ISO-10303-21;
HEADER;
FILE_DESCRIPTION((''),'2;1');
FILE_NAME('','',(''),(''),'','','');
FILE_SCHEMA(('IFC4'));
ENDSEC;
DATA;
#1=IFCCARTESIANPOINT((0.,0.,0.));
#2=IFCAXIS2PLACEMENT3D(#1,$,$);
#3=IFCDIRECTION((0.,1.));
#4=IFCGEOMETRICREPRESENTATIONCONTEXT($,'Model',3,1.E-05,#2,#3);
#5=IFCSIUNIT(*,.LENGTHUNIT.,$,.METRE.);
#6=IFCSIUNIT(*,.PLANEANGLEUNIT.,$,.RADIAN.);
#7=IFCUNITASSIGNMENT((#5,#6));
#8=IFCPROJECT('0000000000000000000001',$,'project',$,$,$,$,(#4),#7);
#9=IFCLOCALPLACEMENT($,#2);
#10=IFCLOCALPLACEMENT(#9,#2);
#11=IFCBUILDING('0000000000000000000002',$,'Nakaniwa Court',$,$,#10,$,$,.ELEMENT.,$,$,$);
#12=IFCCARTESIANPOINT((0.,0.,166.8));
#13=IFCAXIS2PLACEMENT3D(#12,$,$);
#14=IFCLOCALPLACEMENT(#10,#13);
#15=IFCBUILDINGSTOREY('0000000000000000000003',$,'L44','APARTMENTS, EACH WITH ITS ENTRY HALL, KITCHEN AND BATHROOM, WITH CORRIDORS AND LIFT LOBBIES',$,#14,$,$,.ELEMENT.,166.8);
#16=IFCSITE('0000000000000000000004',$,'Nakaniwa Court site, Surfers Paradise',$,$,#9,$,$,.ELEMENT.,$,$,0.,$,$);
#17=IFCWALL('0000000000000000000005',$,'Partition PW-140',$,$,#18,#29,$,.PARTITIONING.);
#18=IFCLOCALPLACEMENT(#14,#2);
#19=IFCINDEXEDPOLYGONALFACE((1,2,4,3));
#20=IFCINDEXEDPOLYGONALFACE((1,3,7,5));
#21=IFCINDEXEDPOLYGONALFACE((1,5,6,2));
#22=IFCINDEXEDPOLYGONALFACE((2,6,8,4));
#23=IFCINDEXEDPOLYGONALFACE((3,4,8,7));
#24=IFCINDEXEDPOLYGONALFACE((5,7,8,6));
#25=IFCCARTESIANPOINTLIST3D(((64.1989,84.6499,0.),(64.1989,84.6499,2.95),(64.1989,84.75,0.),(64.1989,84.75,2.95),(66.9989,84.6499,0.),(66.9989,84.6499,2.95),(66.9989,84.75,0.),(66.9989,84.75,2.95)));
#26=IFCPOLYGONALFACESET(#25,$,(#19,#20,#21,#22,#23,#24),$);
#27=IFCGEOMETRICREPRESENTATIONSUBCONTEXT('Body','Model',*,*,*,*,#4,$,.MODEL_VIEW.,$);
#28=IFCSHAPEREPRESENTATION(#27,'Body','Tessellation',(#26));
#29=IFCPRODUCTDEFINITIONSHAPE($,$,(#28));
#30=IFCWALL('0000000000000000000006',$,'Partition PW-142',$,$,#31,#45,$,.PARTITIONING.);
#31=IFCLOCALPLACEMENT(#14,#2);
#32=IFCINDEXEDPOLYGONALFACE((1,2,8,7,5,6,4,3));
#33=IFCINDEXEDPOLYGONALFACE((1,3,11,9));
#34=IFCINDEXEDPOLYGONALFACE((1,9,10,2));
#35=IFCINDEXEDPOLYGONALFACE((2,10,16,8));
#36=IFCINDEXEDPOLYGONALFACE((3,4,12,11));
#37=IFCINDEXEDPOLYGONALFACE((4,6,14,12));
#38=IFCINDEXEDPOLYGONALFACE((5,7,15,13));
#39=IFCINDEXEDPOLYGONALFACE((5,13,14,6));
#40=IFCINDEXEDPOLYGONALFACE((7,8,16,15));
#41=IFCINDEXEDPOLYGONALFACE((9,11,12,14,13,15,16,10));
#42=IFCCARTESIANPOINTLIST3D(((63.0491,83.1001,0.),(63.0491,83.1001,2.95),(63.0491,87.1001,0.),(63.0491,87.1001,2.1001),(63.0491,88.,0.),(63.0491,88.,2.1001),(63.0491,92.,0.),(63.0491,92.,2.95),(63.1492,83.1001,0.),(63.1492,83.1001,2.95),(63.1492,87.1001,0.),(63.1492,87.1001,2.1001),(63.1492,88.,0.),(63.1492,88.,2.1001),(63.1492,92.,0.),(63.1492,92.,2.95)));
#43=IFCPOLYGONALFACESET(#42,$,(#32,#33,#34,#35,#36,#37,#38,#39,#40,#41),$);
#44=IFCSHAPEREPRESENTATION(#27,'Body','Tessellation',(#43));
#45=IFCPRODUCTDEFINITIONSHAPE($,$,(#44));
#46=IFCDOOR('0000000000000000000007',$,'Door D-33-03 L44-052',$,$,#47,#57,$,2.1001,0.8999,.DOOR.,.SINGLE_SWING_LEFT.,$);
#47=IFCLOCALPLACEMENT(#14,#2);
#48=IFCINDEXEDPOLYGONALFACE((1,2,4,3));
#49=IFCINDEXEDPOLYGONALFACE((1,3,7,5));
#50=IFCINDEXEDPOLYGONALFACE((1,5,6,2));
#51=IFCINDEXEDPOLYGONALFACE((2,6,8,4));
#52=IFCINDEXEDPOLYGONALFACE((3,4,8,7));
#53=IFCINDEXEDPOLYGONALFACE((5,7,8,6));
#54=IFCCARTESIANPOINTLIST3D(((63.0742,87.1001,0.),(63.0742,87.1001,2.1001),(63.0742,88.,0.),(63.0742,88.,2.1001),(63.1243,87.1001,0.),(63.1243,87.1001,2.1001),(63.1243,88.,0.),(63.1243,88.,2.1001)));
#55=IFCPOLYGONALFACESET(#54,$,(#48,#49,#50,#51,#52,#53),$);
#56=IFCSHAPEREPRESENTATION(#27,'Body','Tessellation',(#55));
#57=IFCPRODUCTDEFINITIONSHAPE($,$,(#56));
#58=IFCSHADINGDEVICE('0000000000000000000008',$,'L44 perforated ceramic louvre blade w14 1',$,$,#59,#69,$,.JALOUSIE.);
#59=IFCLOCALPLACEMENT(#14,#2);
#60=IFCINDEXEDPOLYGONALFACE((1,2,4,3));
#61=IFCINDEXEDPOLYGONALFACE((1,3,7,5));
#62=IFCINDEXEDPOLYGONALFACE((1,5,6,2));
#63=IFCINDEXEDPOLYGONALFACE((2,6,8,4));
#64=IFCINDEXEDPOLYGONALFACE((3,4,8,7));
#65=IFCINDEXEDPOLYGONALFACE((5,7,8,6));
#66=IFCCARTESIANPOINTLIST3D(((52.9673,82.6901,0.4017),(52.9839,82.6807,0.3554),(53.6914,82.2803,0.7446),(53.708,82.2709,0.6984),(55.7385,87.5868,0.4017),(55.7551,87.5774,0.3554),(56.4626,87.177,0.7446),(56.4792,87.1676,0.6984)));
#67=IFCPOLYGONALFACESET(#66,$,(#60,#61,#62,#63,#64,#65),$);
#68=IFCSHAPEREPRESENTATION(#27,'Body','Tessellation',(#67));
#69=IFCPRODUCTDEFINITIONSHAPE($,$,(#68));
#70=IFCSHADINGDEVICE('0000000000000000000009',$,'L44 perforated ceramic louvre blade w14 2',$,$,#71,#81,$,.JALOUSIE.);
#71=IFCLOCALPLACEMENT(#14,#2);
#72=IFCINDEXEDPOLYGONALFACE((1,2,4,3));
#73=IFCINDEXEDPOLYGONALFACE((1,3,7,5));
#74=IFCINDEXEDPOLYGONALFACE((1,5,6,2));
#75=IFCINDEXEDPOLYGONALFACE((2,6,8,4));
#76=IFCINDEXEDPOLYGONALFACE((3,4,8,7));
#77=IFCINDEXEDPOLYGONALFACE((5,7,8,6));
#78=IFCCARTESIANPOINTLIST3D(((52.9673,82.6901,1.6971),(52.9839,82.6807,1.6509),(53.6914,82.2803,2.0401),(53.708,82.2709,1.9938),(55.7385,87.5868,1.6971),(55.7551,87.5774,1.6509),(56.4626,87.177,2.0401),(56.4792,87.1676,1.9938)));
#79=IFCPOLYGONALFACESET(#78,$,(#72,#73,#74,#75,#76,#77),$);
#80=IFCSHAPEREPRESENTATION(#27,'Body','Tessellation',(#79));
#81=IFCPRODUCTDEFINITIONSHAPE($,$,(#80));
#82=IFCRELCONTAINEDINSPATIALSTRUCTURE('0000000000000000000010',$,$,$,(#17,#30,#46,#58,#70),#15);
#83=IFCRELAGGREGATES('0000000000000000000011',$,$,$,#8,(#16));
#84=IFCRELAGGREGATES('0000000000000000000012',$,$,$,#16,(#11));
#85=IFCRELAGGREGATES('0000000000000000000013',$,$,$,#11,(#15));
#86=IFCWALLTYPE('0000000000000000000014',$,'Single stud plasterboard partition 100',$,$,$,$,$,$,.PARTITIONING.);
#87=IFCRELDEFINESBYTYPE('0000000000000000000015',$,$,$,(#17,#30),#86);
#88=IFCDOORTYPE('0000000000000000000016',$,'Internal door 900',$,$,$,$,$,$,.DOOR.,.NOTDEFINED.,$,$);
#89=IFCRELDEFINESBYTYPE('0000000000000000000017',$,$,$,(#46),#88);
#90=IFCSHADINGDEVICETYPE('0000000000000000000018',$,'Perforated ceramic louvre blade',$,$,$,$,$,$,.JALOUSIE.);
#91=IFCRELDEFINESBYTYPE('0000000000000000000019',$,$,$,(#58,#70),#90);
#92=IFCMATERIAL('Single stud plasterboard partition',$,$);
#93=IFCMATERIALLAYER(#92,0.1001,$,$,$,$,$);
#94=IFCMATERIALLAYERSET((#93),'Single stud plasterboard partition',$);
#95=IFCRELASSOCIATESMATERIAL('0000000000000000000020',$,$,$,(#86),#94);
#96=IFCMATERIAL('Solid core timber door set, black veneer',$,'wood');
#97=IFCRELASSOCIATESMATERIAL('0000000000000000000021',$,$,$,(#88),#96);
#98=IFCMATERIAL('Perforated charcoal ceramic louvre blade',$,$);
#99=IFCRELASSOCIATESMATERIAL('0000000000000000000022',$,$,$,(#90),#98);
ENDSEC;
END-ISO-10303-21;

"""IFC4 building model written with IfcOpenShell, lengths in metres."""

from ifc_helpers import new_model, si_unit, direction, frame, frame_2d, origin, origin_2d, place, context, subcontext, project, spatial, rectangle, extrude, material, layer, layer_set, material_profile, profile_set, type_object, element, fill, save


model = new_model("IFC4")

# Units and contexts
model_context = context("Model", 3, precision=1e-05, world=origin(), true_north=direction((0.0, 1.0)))
body_context = subcontext(model_context, "Body", "Model", "MODEL_VIEW")
ifc_project = project(units=[si_unit("LENGTHUNIT", "METRE"), si_unit("PLANEANGLEUNIT", "RADIAN")], contexts=[model_context])

# Site, building, storey
site_placement = place(None, origin())
site = spatial("IfcSite", under=ifc_project, at=site_placement, Name="Nakaniwa Court site, Surfers Paradise", CompositionType="ELEMENT", RefElevation=0.0)
building_placement = place(site_placement, origin())
building = spatial("IfcBuilding", under=site, at=building_placement, Name="Nakaniwa Court", CompositionType="ELEMENT")
storey_placement = place(building_placement, frame((0.0, 0.0, 166.8)))
storey = spatial("IfcBuildingStorey", under=building, at=storey_placement, Name="L44", Description="APARTMENTS, EACH WITH ITS ENTRY HALL, KITCHEN AND BATHROOM, WITH CORRIDORS AND LIFT LOBBIES", CompositionType="ELEMENT", Elevation=166.8)

# Shared definitions
ifc_material_1 = material(Name="Solid core timber door set, black veneer", Category="wood")

# Shared definitions
ifc_material_2 = material(Name="Single stud plasterboard partition")
ifc_layer_1 = layer(ifc_material_2, 0.1001)
ifc_layer_set_1 = layer_set([ifc_layer_1], Name="Single stud plasterboard partition")
wall_type_1 = type_object("IfcWallType", Name="Single stud plasterboard partition 100", PredefinedType="PARTITIONING", material=ifc_layer_set_1)

# Wall
for number, where, z_axis, x_axis, name in (
    (1, (64.199, 84.7, 0.0), (0.0, 0.0, 1.0), (1.0, 0.0, 0.0), "Partition PW-140"),
):
    element("IfcWall", number, at=place(storey_placement, frame(where, z_axis=z_axis, x_axis=x_axis)), inside=storey, type_object=wall_type_1, Name=name, PredefinedType="PARTITIONING", context=body_context, shape_type="SweptSolid", body=[
        extrude(rectangle(XDim=2.8, YDim=0.1001, at=frame_2d((1.3999, 0.0))), origin(), (0.0, 0.0, 1.0), 2.95),
    ])

# Wall, opening, door
wall_1_placement = place(storey_placement, frame((63.0991, 83.1001, 0.0), z_axis=(0.0, 0.0, 1.0), x_axis=(0.0, 1.0, 0.0)))
wall_1 = element("IfcWall", 2, at=wall_1_placement, inside=storey, type_object=wall_type_1, Name="Partition PW-142", PredefinedType="PARTITIONING", context=body_context, shape_type="SweptSolid", body=[
    extrude(rectangle(XDim=8.8999, YDim=0.1001, at=frame_2d((4.45, 0.0))), origin(), (0.0, 0.0, 1.0), 2.95),
])
opening_1_placement = place(wall_1_placement, frame((4.0, 0.0, 0.0)))
opening_1 = element("IfcOpeningElement", 3, at=opening_1_placement, cuts=wall_1, PredefinedType="OPENING", context=body_context, shape_type="SweptSolid", body=[
    extrude(rectangle(XDim=0.8999, YDim=2.1001, at=frame_2d((0.45, 1.05))), frame((0.0, 0.0601, 0.0), z_axis=(0.0, -1.0, 0.0), x_axis=(1.0, 0.0, 0.0)), (0.0, 0.0, 1.0), 0.1201),
])
door_type_1 = type_object("IfcDoorType", Name="Internal door 900", OperationType="NOTDEFINED", PredefinedType="DOOR", material=ifc_material_1)
door_1_placement = place(opening_1_placement, origin())
door_1 = element("IfcDoor", 4, at=door_1_placement, inside=storey, type_object=door_type_1, Name="Door D-33-03 L44-052", OperationType="SINGLE_SWING_LEFT", OverallHeight=2.1001, OverallWidth=0.8999, PredefinedType="DOOR", context=body_context, shape_type="SweptSolid", body=[
    extrude(rectangle(XDim=0.8999, YDim=2.1001, at=frame_2d((0.45, 1.05))), frame((0.0, 0.0249, 0.0), z_axis=(0.0, -1.0, 0.0), x_axis=(1.0, 0.0, 0.0)), (0.0, 0.0, 1.0), 0.05),
])
fill(opening_1, door_1)

# Shading devices
ifc_material_3 = material(Name="Perforated charcoal ceramic louvre blade")
ifc_material_profile_1 = material_profile(ifc_material_3, rectangle(XDim=0.8999, YDim=0.05, at=origin_2d()), Name="Perforated ceramic louvre blade")
ifc_profile_set_1 = profile_set([ifc_material_profile_1], Name="Perforated charcoal ceramic louvre blade")
shading_device_type = type_object("IfcShadingDeviceType", Name="Perforated ceramic louvre blade", PredefinedType="JALOUSIE", material=ifc_profile_set_1)
for number, where, z_axis, x_axis, name in (
    (5, (56.1089, 87.3772, 0.55), (-0.492532, -0.870294, 0.0), (0.804627, -0.455368, 0.38107), "L44 perforated ceramic louvre blade w14 1"),
    (6, (56.1089, 87.3772, 1.8455), (-0.492532, -0.870294, 0.0), (0.804627, -0.455368, 0.38107), "L44 perforated ceramic louvre blade w14 2"),
):
    element("IfcShadingDevice", number, at=place(storey_placement, frame(where, z_axis=z_axis, x_axis=x_axis)), inside=storey, type_object=shading_device_type, Name=name, PredefinedType="JALOUSIE", context=body_context, shape_type="SweptSolid", body=[
        extrude(rectangle(XDim=0.8999, YDim=0.05, at=origin_2d()), origin(), (0.0, 0.0, 1.0), 5.6265),
    ])

save(model, "model.ifc")
